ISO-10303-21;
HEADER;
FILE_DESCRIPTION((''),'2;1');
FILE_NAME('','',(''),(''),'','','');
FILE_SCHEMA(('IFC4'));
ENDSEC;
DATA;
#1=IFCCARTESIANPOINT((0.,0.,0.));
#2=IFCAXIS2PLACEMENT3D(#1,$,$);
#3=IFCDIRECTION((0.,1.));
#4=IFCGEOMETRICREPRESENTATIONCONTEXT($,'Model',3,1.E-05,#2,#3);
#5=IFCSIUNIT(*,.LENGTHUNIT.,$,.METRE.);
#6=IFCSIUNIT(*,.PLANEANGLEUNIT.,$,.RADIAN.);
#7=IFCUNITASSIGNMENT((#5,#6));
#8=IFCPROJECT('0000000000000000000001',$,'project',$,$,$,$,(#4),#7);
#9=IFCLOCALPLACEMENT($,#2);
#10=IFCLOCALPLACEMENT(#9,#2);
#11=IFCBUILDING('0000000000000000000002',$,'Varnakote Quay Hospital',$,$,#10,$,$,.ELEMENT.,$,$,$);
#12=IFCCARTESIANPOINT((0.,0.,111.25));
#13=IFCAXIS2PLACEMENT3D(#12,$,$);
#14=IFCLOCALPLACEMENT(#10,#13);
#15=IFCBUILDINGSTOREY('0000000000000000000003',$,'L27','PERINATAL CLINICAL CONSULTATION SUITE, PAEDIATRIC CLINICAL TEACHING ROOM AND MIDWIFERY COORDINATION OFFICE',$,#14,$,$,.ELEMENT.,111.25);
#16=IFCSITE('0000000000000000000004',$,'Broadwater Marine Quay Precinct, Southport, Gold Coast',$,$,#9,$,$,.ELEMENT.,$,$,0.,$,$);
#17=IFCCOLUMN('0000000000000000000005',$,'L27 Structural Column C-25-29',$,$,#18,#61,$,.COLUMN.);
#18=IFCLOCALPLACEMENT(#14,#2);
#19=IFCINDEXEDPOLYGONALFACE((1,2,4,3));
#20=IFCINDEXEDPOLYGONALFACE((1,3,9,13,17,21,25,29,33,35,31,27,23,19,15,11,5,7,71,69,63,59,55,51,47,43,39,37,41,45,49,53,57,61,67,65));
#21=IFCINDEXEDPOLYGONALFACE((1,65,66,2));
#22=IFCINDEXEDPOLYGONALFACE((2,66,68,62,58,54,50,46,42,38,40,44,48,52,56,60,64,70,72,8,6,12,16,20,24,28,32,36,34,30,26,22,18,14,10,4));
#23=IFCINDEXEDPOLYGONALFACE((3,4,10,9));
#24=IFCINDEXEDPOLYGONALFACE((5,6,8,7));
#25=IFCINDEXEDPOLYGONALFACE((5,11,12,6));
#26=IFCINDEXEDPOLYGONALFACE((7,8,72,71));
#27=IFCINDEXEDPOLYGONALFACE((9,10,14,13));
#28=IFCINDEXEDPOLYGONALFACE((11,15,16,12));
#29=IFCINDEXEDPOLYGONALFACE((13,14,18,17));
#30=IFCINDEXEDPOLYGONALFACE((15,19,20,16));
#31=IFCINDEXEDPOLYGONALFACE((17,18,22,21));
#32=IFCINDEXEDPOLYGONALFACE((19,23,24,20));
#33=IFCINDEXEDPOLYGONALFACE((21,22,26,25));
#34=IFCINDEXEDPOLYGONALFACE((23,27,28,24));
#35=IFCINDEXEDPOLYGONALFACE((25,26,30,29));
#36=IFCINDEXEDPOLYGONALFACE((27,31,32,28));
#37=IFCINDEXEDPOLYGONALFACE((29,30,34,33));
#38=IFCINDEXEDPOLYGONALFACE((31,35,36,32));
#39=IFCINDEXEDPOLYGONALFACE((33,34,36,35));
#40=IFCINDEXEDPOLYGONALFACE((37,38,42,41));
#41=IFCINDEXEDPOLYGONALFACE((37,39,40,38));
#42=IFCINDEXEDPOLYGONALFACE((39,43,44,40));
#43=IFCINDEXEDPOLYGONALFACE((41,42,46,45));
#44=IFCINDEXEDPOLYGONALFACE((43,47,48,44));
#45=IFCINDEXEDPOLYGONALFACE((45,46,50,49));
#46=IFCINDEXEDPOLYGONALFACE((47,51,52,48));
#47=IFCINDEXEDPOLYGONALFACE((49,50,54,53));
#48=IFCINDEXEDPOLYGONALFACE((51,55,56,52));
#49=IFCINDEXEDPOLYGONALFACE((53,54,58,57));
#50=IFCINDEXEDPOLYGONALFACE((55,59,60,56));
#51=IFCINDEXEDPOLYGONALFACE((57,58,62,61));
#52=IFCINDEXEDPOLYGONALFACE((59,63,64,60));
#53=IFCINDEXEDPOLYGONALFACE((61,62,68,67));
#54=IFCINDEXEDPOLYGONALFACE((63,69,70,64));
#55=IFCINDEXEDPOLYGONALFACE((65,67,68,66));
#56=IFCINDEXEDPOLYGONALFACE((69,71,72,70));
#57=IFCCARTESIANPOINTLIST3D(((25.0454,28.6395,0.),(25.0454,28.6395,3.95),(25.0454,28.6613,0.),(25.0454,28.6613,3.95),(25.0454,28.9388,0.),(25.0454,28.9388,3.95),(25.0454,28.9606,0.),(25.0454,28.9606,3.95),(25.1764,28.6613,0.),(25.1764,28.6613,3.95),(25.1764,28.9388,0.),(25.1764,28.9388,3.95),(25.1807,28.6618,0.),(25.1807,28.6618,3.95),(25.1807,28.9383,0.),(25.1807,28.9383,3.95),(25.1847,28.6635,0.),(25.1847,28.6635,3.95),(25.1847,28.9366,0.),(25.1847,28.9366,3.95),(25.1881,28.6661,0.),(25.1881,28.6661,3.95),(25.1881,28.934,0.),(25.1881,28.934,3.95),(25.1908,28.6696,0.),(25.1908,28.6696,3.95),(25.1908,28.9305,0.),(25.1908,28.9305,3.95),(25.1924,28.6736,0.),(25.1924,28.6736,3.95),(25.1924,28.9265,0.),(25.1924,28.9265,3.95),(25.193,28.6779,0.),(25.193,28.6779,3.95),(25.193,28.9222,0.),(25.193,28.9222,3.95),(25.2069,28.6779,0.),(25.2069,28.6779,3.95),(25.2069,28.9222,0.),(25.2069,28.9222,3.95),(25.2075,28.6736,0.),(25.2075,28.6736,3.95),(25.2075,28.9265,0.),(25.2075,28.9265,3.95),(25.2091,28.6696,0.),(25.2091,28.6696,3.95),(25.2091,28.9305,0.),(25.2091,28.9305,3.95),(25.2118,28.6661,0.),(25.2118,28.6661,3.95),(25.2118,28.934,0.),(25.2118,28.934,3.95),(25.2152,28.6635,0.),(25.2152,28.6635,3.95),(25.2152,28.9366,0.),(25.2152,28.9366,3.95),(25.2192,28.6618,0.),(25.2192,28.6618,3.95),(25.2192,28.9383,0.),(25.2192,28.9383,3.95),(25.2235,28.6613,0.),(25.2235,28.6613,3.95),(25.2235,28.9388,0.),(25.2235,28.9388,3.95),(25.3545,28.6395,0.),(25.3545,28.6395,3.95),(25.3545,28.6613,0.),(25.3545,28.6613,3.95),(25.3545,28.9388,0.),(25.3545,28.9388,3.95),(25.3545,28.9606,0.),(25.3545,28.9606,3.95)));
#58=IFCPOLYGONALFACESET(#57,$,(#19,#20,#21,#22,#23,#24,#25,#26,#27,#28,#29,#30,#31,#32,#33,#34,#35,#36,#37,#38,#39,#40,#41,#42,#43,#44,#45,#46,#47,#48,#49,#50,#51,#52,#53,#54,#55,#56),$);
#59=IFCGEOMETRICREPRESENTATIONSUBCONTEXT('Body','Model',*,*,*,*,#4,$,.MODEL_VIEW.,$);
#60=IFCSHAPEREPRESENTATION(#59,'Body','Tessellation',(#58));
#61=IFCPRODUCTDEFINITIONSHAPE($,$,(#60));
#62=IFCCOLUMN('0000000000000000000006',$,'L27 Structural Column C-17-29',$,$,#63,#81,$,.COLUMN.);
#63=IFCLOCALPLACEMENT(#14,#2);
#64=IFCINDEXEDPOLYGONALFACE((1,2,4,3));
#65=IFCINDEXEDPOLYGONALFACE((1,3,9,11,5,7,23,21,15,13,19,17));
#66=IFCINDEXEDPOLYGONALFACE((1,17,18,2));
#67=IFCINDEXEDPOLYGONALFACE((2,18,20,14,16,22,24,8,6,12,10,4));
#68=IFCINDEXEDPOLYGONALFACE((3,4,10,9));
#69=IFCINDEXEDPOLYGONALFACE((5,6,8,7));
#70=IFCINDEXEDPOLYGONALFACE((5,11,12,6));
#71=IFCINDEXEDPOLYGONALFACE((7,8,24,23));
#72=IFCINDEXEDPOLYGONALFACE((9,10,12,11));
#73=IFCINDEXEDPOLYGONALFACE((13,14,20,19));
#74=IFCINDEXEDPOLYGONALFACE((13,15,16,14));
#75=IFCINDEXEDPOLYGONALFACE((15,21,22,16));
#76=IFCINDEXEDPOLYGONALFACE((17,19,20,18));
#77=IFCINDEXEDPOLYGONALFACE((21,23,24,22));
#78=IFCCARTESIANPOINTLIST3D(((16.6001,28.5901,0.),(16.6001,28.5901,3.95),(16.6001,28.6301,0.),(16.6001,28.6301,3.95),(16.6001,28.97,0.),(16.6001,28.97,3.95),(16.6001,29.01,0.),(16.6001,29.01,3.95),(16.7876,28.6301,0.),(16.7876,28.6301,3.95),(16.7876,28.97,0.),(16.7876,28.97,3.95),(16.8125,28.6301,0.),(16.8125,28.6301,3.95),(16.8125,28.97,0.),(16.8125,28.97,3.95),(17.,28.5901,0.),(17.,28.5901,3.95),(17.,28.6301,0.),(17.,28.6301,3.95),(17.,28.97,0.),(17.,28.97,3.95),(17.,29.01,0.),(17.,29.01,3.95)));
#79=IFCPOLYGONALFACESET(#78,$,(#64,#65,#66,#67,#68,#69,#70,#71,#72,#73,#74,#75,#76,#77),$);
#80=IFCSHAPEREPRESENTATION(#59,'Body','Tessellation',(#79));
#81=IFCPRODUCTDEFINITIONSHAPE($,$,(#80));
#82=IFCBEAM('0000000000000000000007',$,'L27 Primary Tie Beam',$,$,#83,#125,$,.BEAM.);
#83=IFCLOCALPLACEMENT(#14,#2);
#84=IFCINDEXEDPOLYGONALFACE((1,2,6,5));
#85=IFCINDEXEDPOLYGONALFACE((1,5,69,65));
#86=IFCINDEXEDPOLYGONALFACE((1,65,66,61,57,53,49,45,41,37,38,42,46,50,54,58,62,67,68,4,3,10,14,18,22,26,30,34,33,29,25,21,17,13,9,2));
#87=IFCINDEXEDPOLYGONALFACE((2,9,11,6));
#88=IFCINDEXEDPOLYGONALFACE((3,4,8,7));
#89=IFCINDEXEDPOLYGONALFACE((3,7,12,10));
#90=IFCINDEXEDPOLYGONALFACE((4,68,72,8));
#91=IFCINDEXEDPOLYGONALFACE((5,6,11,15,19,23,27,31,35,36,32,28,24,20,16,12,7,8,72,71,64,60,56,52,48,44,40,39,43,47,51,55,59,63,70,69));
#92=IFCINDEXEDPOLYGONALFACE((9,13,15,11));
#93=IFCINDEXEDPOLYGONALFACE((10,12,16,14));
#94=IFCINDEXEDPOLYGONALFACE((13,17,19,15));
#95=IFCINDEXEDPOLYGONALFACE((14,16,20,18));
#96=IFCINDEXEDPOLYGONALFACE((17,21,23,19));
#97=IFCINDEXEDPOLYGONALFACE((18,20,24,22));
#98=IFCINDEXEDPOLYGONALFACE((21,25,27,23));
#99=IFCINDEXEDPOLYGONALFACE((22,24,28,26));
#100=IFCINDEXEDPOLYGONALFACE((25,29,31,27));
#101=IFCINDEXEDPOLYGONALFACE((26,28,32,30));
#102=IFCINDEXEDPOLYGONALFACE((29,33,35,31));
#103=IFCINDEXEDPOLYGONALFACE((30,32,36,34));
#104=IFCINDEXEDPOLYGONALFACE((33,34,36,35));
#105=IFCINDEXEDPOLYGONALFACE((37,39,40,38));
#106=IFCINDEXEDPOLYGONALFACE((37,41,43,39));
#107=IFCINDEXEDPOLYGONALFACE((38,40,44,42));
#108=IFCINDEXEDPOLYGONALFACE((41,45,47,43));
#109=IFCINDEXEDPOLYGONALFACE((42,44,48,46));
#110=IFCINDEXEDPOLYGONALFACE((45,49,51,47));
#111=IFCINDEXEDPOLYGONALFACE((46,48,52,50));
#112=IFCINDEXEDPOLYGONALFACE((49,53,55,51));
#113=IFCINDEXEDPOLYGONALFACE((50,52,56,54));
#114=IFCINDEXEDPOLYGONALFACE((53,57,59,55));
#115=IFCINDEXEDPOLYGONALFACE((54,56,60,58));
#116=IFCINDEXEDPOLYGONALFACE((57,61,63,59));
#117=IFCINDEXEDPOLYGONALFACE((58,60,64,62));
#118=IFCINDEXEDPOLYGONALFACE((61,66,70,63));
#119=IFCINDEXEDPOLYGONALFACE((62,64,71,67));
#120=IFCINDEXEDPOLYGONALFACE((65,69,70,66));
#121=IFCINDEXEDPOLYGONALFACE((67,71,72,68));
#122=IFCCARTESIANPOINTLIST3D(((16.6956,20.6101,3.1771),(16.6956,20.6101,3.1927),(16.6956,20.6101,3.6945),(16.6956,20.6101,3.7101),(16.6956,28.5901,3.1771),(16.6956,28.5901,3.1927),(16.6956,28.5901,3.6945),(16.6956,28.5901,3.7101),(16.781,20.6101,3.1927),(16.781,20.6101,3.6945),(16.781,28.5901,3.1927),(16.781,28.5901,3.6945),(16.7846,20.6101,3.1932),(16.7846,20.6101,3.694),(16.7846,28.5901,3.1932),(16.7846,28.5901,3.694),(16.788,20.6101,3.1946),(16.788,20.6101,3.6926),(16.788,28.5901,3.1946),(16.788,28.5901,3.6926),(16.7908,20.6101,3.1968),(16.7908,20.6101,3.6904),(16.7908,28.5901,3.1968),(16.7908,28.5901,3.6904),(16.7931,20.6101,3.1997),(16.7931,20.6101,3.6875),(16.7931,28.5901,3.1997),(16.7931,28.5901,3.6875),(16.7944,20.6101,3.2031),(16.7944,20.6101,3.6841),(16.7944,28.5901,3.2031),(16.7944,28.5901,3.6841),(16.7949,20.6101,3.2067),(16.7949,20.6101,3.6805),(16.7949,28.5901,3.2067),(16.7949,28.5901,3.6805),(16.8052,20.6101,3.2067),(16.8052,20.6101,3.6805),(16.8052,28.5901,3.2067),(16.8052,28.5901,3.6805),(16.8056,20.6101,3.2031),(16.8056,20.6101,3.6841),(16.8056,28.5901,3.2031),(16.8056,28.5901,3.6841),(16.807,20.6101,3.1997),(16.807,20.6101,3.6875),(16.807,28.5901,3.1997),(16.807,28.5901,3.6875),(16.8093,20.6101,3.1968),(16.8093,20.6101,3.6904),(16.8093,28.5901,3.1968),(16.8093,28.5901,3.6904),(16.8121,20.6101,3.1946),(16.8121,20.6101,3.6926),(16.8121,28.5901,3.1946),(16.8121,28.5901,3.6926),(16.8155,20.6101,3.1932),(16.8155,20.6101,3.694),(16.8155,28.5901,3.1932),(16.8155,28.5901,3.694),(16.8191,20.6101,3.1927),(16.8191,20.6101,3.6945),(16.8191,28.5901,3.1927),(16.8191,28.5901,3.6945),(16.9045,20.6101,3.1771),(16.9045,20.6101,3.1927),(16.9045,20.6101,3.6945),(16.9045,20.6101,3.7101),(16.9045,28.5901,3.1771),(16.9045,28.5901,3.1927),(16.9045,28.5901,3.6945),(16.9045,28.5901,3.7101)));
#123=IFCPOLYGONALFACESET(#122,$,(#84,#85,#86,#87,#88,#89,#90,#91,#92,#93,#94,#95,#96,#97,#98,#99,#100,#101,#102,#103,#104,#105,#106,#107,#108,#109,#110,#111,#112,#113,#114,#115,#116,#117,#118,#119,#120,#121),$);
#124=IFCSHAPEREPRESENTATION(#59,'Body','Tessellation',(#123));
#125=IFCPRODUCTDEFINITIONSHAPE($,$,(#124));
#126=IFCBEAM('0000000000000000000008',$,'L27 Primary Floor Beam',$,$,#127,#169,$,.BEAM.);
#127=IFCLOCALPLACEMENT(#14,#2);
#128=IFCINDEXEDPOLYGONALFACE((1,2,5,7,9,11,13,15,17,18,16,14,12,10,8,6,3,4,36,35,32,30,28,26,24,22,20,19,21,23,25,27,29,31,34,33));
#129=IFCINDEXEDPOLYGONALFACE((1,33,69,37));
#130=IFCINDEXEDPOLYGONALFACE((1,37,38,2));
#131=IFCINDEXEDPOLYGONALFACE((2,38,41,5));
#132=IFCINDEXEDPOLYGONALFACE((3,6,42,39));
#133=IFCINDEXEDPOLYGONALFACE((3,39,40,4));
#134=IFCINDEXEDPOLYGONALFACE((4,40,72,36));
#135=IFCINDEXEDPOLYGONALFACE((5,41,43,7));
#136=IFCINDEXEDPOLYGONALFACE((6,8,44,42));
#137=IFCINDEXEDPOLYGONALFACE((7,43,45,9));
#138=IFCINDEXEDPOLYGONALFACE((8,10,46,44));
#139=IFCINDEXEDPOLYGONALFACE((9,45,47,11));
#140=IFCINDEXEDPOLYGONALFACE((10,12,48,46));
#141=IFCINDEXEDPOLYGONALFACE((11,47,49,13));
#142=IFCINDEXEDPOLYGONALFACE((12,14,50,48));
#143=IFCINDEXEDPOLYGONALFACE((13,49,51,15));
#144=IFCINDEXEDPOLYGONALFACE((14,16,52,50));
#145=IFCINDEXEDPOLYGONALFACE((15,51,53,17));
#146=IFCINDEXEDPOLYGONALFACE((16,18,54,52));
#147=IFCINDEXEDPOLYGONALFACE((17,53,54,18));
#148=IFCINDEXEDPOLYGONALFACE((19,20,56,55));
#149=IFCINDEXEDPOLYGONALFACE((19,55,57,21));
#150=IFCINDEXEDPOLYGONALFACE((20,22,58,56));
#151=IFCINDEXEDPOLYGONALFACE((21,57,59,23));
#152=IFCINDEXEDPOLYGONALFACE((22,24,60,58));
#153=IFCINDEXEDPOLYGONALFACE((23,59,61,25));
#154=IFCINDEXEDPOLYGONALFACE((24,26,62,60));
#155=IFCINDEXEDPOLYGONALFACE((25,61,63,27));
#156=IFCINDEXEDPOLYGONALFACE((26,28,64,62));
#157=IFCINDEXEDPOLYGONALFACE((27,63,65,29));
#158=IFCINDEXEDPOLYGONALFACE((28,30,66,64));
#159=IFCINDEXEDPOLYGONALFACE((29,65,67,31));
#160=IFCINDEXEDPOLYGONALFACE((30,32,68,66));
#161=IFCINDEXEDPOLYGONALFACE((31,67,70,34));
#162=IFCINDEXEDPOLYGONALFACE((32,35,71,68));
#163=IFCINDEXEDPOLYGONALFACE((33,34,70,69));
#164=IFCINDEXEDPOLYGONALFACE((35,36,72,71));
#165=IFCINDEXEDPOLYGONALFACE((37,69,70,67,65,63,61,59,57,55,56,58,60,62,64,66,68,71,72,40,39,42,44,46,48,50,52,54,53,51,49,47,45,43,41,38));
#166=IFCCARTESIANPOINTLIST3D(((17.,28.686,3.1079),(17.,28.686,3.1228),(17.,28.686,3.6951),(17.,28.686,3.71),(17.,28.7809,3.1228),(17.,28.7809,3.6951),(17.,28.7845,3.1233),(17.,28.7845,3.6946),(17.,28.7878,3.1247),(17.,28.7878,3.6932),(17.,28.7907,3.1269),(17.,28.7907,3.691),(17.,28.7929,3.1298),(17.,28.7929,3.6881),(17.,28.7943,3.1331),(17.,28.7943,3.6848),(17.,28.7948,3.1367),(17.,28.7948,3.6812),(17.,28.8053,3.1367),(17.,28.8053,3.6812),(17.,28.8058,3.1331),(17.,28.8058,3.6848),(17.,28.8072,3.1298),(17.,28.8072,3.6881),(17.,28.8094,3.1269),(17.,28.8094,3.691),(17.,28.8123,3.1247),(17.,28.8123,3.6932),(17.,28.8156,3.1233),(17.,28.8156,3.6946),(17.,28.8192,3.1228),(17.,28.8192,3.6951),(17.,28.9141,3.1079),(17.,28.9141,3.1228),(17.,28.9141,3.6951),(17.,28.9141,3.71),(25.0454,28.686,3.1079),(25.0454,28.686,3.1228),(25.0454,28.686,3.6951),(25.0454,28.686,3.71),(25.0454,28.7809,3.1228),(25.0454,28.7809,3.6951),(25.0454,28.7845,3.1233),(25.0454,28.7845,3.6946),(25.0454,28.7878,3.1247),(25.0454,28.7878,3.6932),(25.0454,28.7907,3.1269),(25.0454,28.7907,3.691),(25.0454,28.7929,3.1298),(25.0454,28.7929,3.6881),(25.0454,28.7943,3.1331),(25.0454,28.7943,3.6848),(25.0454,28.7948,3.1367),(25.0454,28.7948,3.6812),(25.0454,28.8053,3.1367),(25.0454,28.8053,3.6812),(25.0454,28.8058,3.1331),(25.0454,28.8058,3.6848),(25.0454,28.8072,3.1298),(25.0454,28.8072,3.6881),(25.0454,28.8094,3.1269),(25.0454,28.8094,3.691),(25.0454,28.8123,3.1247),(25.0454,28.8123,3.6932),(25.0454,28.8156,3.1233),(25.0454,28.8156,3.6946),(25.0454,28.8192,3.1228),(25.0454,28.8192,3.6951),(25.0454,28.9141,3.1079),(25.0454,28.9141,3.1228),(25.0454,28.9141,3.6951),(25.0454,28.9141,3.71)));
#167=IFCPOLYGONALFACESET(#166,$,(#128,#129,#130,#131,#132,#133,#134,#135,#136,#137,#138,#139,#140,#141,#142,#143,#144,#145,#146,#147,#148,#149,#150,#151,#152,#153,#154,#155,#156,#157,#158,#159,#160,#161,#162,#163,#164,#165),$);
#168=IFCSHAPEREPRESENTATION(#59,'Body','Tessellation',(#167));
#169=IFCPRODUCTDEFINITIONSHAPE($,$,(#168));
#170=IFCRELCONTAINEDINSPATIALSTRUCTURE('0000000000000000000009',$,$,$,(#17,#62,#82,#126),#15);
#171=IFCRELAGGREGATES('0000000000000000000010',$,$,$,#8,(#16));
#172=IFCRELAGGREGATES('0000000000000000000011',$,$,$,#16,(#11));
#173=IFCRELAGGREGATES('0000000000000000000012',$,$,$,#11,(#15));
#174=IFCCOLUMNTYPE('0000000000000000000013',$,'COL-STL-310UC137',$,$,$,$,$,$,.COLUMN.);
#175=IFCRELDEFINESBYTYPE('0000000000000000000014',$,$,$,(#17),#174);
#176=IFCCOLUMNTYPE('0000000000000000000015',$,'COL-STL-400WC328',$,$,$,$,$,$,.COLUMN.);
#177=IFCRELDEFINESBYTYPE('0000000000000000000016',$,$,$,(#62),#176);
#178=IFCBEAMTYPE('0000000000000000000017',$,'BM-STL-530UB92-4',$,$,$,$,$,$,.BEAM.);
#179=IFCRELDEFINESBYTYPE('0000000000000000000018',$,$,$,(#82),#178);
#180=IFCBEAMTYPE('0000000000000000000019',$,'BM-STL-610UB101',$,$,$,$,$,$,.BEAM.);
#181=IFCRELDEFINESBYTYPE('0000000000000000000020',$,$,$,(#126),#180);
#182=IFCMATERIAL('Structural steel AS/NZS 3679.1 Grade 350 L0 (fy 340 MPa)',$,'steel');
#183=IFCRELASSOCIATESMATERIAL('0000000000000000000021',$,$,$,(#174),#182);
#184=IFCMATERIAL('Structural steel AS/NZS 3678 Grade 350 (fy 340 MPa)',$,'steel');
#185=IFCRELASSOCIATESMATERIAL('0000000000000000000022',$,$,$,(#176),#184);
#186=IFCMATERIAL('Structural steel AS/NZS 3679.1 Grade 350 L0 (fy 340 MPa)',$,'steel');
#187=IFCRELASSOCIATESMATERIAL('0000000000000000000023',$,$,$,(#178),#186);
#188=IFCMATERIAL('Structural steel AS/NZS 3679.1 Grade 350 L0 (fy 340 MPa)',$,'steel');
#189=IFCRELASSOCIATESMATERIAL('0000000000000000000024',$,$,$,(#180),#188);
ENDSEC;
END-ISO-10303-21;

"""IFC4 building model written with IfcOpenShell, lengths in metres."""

from ifc_helpers import new_model, si_unit, direction, frame, origin, origin_2d, place, context, subcontext, project, spatial, i_section, extrude, material, material_profile, profile_set, type_object, element, save


model = new_model("IFC4")

# Units and contexts
model_context = context("Model", 3, precision=1e-05, world=origin(), true_north=direction((0.0, 1.0)))
body_context = subcontext(model_context, "Body", "Model", "MODEL_VIEW")
ifc_project = project(units=[si_unit("LENGTHUNIT", "METRE"), si_unit("PLANEANGLEUNIT", "RADIAN")], contexts=[model_context])

# Site, building, storey
site_placement = place(None, origin())
site = spatial("IfcSite", under=ifc_project, at=site_placement, Name="Broadwater Marine Quay Precinct, Southport, Gold Coast", CompositionType="ELEMENT", RefElevation=0.0)
building_placement = place(site_placement, origin())
building = spatial("IfcBuilding", under=site, at=building_placement, Name="Varnakote Quay Hospital", CompositionType="ELEMENT")
storey_placement = place(building_placement, frame((0.0, 0.0, 111.25)))
storey = spatial("IfcBuildingStorey", under=building, at=storey_placement, Name="L27", Description="PERINATAL CLINICAL CONSULTATION SUITE, PAEDIATRIC CLINICAL TEACHING ROOM AND MIDWIFERY COORDINATION OFFICE", CompositionType="ELEMENT", Elevation=111.25)

# Columns
ifc_material_1 = material(Name="Structural steel AS/NZS 3679.1 Grade 350 L0 (fy 340 MPa)", Category="steel")
ifc_material_profile_1 = material_profile(ifc_material_1, i_section(OverallWidth=0.3091, OverallDepth=0.321, WebThickness=0.0139, FlangeThickness=0.0217, FilletRadius=0.0166, at=origin_2d()), Name="310UC137")
ifc_profile_set_1 = profile_set([ifc_material_profile_1], Name="Structural steel AS/NZS 3679.1 Grade 350 L0 (fy 340 MPa)")
column_type_1 = type_object("IfcColumnType", Name="COL-STL-310UC137", PredefinedType="COLUMN", material=ifc_profile_set_1)
column_1_placement = place(storey_placement, frame((25.2, 28.8, 0.0), z_axis=(0.0, 0.0, 1.0), x_axis=(1.0, 0.0, 0.0)))
element("IfcColumn", 1, at=column_1_placement, inside=storey, type_object=column_type_1, Name="L27 Structural Column C-25-29", PredefinedType="COLUMN", context=body_context, shape_type="SweptSolid", body=[
    extrude(i_section(OverallWidth=0.3091, OverallDepth=0.321, WebThickness=0.0139, FlangeThickness=0.0217, FilletRadius=0.0166, at=origin_2d()), origin(), (0.0, 0.0, 1.0), 3.95),
])
ifc_material_2 = material(Name="Structural steel AS/NZS 3678 Grade 350 (fy 340 MPa)", Category="steel")
ifc_material_profile_2 = material_profile(ifc_material_2, i_section(OverallWidth=0.3999, OverallDepth=0.4199, WebThickness=0.0249, FlangeThickness=0.04, at=origin_2d()), Name="400WC328")
ifc_profile_set_2 = profile_set([ifc_material_profile_2], Name="Structural steel AS/NZS 3678 Grade 350 (fy 340 MPa)")
column_type_2 = type_object("IfcColumnType", Name="COL-STL-400WC328", PredefinedType="COLUMN", material=ifc_profile_set_2)
column_2_placement = place(storey_placement, frame((16.8, 28.8, 0.0), z_axis=(0.0, 0.0, 1.0), x_axis=(1.0, 0.0, 0.0)))
element("IfcColumn", 2, at=column_2_placement, inside=storey, type_object=column_type_2, Name="L27 Structural Column C-17-29", PredefinedType="COLUMN", context=body_context, shape_type="SweptSolid", body=[
    extrude(i_section(OverallWidth=0.3999, OverallDepth=0.4199, WebThickness=0.0249, FlangeThickness=0.04, at=origin_2d()), origin(), (0.0, 0.0, 1.0), 3.95),
])

# Beams
ifc_material_3 = material(Name="Structural steel AS/NZS 3679.1 Grade 350 L0 (fy 340 MPa)", Category="steel")
ifc_material_profile_3 = material_profile(ifc_material_3, i_section(OverallWidth=0.209, OverallDepth=0.533, WebThickness=0.0103, FlangeThickness=0.0156, FilletRadius=0.0139, at=origin_2d()), Name="530UB92.4")
ifc_profile_set_3 = profile_set([ifc_material_profile_3], Name="Structural steel AS/NZS 3679.1 Grade 350 L0 (fy 340 MPa)")
beam_type_1 = type_object("IfcBeamType", Name="BM-STL-530UB92-4", PredefinedType="BEAM", material=ifc_profile_set_3)
beam_1_placement = place(storey_placement, frame((16.8, 20.6101, 3.4436), z_axis=(0.0, 1.0, 0.0), x_axis=(-1.0, 0.0, 0.0)))
element("IfcBeam", 3, at=beam_1_placement, inside=storey, type_object=beam_type_1, Name="L27 Primary Tie Beam", PredefinedType="BEAM", context=body_context, shape_type="SweptSolid", body=[
    extrude(i_section(OverallWidth=0.209, OverallDepth=0.533, WebThickness=0.0103, FlangeThickness=0.0156, FilletRadius=0.0139, at=origin_2d()), origin(), (0.0, 0.0, 1.0), 7.98),
])
ifc_material_4 = material(Name="Structural steel AS/NZS 3679.1 Grade 350 L0 (fy 340 MPa)", Category="steel")
ifc_material_profile_4 = material_profile(ifc_material_4, i_section(OverallWidth=0.228, OverallDepth=0.6021, WebThickness=0.0105, FlangeThickness=0.0149, FilletRadius=0.0139, at=origin_2d()), Name="610UB101")
ifc_profile_set_4 = profile_set([ifc_material_profile_4], Name="Structural steel AS/NZS 3679.1 Grade 350 L0 (fy 340 MPa)")
beam_type_2 = type_object("IfcBeamType", Name="BM-STL-610UB101", PredefinedType="BEAM", material=ifc_profile_set_4)
beam_2_placement = place(storey_placement, frame((17.0, 28.8, 3.4089), z_axis=(1.0, 0.0, 0.0), x_axis=(0.0, 1.0, 0.0)))
element("IfcBeam", 4, at=beam_2_placement, inside=storey, type_object=beam_type_2, Name="L27 Primary Floor Beam", PredefinedType="BEAM", context=body_context, shape_type="SweptSolid", body=[
    extrude(i_section(OverallWidth=0.228, OverallDepth=0.6021, WebThickness=0.0105, FlangeThickness=0.0149, FilletRadius=0.0139, at=origin_2d()), origin(), (0.0, 0.0, 1.0), 8.0454),
])

save(model, "model.ifc")
